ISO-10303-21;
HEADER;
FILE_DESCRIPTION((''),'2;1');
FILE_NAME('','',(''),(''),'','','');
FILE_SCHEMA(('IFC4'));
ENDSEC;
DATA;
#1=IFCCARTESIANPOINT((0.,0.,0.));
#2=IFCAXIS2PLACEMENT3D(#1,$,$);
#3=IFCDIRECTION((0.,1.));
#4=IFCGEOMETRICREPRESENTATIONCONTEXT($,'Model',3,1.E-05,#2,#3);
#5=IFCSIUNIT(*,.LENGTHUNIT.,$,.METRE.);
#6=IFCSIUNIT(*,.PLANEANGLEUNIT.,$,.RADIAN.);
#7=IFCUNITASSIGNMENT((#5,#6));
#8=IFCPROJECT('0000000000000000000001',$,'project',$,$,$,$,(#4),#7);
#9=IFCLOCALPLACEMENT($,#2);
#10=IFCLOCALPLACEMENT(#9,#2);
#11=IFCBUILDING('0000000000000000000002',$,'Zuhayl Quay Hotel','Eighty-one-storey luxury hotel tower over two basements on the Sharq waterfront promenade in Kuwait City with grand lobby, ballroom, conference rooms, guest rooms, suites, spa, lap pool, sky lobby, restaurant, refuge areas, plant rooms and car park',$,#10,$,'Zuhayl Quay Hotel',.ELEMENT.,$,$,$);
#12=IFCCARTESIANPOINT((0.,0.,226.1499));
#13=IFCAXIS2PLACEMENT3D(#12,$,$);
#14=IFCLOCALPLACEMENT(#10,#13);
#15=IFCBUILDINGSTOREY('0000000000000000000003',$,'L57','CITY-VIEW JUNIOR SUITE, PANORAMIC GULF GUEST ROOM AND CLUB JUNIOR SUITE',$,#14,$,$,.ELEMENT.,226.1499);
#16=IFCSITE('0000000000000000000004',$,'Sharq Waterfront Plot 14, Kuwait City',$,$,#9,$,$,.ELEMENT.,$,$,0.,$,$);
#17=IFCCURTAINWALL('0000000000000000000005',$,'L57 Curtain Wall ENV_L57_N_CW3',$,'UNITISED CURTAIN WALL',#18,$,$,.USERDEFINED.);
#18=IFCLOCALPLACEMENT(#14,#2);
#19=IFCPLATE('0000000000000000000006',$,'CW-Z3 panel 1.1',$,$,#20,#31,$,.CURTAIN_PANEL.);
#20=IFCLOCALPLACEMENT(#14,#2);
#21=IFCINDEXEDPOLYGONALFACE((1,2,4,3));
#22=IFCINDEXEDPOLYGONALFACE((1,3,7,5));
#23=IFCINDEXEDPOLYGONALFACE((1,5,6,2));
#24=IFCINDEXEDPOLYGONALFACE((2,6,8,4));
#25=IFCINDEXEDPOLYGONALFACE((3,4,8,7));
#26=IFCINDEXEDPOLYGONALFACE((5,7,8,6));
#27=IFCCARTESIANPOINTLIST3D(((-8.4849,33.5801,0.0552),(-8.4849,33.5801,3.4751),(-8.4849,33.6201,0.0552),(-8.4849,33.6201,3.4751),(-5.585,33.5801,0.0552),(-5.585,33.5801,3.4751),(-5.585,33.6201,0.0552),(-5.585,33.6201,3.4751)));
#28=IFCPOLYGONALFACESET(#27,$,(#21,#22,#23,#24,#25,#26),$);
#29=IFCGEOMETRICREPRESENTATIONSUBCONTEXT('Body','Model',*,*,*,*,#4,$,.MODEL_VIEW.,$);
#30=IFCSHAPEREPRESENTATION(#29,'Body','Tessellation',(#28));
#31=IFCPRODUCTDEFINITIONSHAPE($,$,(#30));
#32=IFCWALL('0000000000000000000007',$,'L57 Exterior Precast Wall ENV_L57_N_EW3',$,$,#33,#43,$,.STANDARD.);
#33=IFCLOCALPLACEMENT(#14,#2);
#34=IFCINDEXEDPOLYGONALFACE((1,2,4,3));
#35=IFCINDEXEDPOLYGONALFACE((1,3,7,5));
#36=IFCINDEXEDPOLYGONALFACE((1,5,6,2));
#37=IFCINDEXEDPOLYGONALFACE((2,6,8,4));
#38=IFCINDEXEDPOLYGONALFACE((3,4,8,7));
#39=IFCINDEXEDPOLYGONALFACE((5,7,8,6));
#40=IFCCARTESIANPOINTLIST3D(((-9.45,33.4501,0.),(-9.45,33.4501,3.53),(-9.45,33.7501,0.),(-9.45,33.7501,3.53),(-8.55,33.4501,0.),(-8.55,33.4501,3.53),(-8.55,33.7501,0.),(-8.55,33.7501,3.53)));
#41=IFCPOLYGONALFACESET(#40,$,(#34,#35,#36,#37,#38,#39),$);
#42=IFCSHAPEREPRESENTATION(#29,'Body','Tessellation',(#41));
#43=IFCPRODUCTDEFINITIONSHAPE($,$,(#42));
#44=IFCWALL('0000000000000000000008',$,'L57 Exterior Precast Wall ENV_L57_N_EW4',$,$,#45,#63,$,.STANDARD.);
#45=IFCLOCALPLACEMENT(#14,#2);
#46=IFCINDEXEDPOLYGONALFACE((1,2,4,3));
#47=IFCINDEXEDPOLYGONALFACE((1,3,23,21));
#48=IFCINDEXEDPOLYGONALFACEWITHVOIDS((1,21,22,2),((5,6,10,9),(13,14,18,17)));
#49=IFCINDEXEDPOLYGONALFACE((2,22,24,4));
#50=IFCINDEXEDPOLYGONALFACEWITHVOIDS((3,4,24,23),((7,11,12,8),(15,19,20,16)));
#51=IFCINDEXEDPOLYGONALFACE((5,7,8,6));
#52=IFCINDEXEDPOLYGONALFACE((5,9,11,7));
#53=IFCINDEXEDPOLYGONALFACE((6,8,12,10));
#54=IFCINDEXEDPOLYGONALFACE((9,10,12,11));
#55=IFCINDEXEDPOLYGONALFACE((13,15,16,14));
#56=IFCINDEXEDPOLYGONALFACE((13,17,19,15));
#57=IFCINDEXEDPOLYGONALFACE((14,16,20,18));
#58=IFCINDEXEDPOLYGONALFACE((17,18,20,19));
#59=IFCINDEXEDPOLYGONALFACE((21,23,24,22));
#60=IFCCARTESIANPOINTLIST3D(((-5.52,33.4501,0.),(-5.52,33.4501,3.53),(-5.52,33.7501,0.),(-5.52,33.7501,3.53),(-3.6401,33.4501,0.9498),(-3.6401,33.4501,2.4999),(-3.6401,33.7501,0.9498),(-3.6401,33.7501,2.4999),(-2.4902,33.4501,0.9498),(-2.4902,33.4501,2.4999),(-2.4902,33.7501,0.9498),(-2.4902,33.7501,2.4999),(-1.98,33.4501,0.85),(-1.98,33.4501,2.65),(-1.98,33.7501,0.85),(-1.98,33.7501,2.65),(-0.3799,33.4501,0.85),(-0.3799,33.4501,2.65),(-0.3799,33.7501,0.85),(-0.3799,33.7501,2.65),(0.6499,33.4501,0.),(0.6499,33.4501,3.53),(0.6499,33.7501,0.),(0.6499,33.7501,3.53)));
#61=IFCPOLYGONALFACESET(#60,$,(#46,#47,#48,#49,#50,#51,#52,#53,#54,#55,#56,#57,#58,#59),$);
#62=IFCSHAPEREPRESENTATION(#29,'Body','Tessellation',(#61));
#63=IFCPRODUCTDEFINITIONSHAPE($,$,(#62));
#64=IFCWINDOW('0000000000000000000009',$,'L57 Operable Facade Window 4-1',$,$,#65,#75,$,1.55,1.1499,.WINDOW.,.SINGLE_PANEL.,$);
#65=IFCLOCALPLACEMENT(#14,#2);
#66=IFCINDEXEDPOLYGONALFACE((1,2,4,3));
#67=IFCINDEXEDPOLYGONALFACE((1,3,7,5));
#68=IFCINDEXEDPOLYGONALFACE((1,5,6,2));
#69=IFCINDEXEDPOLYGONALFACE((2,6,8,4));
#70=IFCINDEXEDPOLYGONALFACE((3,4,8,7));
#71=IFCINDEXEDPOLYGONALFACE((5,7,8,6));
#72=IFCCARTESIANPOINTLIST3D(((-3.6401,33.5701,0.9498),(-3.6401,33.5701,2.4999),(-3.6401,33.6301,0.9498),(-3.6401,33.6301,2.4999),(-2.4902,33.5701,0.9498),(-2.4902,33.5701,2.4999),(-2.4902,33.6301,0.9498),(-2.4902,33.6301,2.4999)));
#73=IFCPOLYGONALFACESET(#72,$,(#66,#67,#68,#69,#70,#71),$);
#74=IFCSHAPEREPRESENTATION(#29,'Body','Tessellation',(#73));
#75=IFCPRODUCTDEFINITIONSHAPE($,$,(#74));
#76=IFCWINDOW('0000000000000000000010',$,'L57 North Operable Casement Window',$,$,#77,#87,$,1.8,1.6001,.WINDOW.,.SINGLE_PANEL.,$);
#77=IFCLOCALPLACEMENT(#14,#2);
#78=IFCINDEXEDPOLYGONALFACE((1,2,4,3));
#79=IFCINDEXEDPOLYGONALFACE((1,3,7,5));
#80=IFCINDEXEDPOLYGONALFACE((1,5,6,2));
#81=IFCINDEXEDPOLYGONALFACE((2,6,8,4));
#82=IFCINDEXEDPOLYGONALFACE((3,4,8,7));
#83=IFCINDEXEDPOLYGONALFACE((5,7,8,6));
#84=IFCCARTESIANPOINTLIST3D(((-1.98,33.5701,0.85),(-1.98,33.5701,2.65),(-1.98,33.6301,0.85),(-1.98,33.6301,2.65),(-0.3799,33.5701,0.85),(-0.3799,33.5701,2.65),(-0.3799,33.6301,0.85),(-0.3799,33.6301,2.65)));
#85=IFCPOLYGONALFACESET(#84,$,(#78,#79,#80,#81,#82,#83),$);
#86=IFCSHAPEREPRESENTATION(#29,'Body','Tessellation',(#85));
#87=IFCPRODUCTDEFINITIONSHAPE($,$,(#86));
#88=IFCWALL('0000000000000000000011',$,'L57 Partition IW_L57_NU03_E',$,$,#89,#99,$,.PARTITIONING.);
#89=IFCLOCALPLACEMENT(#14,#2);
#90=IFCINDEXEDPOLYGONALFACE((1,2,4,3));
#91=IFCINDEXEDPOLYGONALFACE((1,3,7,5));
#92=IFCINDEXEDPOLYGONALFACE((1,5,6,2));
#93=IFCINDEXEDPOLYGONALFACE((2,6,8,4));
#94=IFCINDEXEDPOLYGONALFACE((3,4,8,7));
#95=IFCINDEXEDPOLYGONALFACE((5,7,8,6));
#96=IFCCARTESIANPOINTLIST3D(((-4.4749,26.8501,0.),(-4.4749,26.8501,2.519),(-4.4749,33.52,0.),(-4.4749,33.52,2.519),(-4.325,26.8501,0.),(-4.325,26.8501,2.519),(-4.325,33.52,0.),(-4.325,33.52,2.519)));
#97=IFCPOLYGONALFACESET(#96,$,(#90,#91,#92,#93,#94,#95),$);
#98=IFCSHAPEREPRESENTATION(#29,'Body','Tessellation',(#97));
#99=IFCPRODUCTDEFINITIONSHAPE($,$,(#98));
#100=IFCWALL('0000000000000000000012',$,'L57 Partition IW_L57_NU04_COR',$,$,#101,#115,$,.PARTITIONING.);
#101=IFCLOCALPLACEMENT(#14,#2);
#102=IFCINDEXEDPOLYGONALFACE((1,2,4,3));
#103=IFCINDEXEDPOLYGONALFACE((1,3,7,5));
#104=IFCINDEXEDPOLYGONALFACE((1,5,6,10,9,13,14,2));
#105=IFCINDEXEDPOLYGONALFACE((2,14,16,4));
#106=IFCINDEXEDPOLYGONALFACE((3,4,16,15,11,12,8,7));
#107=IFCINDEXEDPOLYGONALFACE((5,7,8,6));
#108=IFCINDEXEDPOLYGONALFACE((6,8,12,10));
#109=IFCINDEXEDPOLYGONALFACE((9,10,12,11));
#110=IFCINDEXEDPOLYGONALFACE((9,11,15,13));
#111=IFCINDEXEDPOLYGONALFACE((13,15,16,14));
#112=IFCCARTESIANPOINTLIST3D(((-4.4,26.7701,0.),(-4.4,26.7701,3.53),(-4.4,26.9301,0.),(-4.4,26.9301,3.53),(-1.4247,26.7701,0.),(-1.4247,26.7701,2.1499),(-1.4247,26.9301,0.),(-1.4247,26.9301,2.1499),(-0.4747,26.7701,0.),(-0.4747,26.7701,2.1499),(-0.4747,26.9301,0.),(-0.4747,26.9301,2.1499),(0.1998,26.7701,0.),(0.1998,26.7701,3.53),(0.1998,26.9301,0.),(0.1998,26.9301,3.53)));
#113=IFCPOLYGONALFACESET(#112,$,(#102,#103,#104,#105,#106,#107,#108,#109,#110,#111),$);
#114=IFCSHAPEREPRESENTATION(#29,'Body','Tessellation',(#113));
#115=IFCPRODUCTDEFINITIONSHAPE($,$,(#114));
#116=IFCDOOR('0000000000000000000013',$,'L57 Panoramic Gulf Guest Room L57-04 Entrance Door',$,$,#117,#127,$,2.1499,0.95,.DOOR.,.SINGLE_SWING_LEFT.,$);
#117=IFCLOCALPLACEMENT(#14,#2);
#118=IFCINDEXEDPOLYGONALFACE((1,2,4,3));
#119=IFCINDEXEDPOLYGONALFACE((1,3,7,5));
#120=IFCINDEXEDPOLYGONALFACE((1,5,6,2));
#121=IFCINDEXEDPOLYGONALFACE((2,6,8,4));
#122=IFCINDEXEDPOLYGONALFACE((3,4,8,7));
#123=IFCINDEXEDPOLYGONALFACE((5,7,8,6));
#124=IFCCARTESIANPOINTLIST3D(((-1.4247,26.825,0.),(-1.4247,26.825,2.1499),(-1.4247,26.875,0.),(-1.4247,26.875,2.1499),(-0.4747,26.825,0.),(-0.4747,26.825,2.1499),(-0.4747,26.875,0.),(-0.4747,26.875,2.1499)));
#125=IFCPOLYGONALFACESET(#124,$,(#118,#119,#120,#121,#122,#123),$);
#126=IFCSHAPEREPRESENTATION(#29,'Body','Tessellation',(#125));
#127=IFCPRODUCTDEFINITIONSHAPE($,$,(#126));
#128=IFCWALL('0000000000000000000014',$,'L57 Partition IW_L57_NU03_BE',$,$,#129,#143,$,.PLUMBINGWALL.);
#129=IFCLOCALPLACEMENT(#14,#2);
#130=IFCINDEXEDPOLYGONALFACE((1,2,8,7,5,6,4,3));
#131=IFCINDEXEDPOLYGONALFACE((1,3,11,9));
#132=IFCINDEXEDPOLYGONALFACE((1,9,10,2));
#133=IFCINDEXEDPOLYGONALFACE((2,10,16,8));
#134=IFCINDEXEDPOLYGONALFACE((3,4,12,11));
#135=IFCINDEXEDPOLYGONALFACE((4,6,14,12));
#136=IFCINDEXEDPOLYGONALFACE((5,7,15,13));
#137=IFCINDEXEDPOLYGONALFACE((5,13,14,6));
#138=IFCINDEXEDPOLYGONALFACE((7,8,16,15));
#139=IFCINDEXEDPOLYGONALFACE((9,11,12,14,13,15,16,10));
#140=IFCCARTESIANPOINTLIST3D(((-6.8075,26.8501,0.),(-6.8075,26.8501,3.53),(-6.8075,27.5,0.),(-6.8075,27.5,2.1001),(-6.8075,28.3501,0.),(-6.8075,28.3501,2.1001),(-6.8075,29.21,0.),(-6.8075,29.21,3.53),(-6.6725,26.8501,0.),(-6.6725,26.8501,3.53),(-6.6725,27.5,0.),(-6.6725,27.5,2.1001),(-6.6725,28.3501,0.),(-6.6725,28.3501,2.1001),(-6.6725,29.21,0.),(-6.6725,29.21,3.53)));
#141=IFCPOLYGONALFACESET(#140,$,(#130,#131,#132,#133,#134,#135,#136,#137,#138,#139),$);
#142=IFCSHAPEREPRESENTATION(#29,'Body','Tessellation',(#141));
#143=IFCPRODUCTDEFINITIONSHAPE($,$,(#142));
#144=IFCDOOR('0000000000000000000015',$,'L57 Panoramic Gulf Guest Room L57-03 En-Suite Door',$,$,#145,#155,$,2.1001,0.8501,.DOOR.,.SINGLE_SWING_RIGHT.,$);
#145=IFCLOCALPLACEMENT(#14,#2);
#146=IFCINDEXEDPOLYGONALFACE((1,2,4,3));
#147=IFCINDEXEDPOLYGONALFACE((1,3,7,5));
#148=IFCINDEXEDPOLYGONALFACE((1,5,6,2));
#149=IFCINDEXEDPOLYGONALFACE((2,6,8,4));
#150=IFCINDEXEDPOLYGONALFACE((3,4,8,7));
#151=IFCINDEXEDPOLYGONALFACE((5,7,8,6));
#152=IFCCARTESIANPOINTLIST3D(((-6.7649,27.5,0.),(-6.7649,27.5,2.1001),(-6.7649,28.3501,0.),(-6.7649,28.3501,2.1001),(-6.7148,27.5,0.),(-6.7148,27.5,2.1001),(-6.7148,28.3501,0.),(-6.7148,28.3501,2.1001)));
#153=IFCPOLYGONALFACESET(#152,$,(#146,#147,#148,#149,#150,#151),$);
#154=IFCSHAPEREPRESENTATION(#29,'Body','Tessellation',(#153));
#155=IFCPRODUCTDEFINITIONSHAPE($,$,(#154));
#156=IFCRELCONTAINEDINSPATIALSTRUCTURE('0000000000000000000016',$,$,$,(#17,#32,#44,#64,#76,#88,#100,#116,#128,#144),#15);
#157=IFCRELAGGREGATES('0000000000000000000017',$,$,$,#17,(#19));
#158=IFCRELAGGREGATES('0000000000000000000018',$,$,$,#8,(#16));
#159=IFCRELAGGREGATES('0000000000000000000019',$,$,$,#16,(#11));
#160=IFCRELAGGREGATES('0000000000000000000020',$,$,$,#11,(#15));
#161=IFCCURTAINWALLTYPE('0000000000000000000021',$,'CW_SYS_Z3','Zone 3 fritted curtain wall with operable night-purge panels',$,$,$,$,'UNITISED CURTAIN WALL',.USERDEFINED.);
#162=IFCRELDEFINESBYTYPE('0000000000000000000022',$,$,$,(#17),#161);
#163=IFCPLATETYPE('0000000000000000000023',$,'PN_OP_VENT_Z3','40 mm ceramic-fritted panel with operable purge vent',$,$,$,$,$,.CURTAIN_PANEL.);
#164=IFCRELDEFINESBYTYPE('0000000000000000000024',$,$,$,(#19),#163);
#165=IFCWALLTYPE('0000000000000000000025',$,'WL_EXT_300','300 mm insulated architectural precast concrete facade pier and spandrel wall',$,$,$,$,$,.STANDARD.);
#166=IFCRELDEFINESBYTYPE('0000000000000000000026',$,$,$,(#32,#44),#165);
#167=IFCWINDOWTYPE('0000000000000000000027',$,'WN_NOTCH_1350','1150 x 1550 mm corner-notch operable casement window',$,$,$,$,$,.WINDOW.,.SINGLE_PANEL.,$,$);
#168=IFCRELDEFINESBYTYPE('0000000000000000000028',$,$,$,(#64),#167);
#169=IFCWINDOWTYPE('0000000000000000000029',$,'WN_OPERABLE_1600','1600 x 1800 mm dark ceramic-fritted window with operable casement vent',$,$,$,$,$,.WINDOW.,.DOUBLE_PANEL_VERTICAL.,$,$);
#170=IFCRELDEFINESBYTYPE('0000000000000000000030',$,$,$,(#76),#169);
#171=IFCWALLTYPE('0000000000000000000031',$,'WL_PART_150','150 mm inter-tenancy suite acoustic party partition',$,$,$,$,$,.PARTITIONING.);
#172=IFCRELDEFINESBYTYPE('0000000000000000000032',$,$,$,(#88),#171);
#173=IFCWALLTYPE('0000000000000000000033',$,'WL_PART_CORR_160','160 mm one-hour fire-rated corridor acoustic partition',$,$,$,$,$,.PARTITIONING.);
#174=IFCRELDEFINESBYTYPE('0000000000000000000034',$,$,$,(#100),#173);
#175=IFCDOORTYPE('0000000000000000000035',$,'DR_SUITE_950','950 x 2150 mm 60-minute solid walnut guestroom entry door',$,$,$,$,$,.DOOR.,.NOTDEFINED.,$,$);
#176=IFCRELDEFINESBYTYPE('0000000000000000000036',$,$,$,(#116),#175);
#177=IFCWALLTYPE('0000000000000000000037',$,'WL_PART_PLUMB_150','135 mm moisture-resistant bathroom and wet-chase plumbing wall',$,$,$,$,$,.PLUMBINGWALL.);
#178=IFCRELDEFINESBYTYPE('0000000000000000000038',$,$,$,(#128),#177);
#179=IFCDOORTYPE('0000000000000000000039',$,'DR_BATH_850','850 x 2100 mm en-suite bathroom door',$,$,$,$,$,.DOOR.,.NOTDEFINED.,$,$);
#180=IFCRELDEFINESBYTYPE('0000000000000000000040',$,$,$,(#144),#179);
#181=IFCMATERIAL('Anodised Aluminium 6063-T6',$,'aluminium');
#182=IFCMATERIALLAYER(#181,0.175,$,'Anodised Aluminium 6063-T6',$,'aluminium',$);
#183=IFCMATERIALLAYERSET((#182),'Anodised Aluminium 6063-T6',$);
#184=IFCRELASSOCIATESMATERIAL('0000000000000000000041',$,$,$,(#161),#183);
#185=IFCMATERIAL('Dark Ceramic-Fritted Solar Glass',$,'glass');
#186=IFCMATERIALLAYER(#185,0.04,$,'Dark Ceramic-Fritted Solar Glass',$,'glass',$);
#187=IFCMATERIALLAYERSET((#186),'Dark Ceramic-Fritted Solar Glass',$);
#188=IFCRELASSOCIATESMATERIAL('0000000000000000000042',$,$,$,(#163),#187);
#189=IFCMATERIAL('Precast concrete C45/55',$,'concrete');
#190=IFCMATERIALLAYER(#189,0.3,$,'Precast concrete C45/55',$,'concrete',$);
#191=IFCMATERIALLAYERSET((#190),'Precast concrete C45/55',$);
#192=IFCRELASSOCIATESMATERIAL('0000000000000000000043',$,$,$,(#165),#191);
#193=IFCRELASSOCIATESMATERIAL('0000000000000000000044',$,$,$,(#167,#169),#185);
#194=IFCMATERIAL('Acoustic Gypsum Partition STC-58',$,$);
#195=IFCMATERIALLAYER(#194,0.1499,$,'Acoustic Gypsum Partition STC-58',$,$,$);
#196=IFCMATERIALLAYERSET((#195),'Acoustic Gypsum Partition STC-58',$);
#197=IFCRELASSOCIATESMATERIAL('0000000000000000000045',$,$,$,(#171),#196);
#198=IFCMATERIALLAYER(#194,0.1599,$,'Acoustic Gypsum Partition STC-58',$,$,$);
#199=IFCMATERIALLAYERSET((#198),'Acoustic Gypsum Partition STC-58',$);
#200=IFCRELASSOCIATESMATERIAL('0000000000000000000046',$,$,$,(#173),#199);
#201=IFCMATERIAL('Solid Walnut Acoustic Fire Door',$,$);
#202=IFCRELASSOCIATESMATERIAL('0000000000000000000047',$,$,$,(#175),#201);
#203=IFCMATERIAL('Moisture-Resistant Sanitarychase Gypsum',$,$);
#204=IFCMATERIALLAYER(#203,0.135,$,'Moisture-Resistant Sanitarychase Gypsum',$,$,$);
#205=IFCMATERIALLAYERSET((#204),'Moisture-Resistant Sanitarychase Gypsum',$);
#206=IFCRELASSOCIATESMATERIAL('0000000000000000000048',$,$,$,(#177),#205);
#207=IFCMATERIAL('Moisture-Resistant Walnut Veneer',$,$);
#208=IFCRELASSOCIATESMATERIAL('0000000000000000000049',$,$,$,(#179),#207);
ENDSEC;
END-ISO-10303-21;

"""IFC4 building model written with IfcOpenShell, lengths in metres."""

from ifc_helpers import new_model, si_unit, direction, frame, frame_2d, origin, origin_2d, place, context, subcontext, project, spatial, rectangle, extrude, material, layer, layer_set, type_object, element, fill, aggregate, save


model = new_model("IFC4")

# Units and contexts
model_context = context("Model", 3, precision=1e-05, world=origin(), true_north=direction((0.0, 1.0)))
body_context = subcontext(model_context, "Body", "Model", "MODEL_VIEW")
ifc_project = project(units=[si_unit("LENGTHUNIT", "METRE"), si_unit("PLANEANGLEUNIT", "RADIAN")], contexts=[model_context])

# Site, building, storey
site_placement = place(None, origin())
site = spatial("IfcSite", under=ifc_project, at=site_placement, Name="Sharq Waterfront Plot 14, Kuwait City", CompositionType="ELEMENT", RefElevation=0.0)
building_placement = place(site_placement, origin())
building = spatial("IfcBuilding", under=site, at=building_placement, Name="Zuhayl Quay Hotel", Description="Eighty-one-storey luxury hotel tower over two basements on the Sharq waterfront promenade in Kuwait City with grand lobby, ballroom, conference rooms, guest rooms, suites, spa, lap pool, sky lobby, restaurant, refuge areas, plant rooms and car park", LongName="Zuhayl Quay Hotel", CompositionType="ELEMENT")
storey_placement = place(building_placement, frame((0.0, 0.0, 226.1499)))
storey = spatial("IfcBuildingStorey", under=building, at=storey_placement, Name="L57", Description="CITY-VIEW JUNIOR SUITE, PANORAMIC GULF GUEST ROOM AND CLUB JUNIOR SUITE", CompositionType="ELEMENT", Elevation=226.1499)

# Shared definitions
ifc_material_1 = material(Name="Anodised Aluminium 6063-T6", Category="aluminium")
ifc_layer_1 = layer(ifc_material_1, 0.175, Name="Anodised Aluminium 6063-T6", Category="aluminium")
ifc_layer_set_1 = layer_set([ifc_layer_1], Name="Anodised Aluminium 6063-T6")
curtain_wall_type = type_object("IfcCurtainWallType", Name="CW_SYS_Z3", Description="Zone 3 fritted curtain wall with operable night-purge panels", ElementType="UNITISED CURTAIN WALL", PredefinedType="USERDEFINED", material=ifc_layer_set_1)

# Curtain wall
curtain_wall_1_placement = place(storey_placement, origin())
curtain_wall_1 = element("IfcCurtainWall", 1, at=curtain_wall_1_placement, inside=storey, type_object=curtain_wall_type, Name="L57 Curtain Wall ENV_L57_N_CW3", ObjectType="UNITISED CURTAIN WALL", PredefinedType="USERDEFINED")

# Plate
ifc_material_2 = material(Name="Dark Ceramic-Fritted Solar Glass", Category="glass")
ifc_layer_2 = layer(ifc_material_2, 0.04, Name="Dark Ceramic-Fritted Solar Glass", Category="glass")
ifc_layer_set_2 = layer_set([ifc_layer_2], Name="Dark Ceramic-Fritted Solar Glass")
plate_type = type_object("IfcPlateType", Name="PN_OP_VENT_Z3", Description="40 mm ceramic-fritted panel with operable purge vent", PredefinedType="CURTAIN_PANEL", material=ifc_layer_set_2)
plate_1_placement = place(storey_placement, frame((-7.0349, 33.6001, 0.0552), z_axis=(0.0, 0.0, 1.0), x_axis=(1.0, 0.0, 0.0)))
plate_1 = element("IfcPlate", 2, at=plate_1_placement, type_object=plate_type, Name="CW-Z3 panel 1.1", PredefinedType="CURTAIN_PANEL", context=body_context, shape_type="SweptSolid", body=[
    extrude(rectangle(XDim=2.8999, YDim=0.04, at=origin_2d()), origin(), (0.0, 0.0, 1.0), 3.4199),
])
aggregate(curtain_wall_1, [plate_1])

# Wall
ifc_material_3 = material(Name="Precast concrete C45/55", Category="concrete")
ifc_layer_3 = layer(ifc_material_3, 0.3, Name="Precast concrete C45/55", Category="concrete")
ifc_layer_set_3 = layer_set([ifc_layer_3], Name="Precast concrete C45/55")
wall_type_1 = type_object("IfcWallType", Name="WL_EXT_300", Description="300 mm insulated architectural precast concrete facade pier and spandrel wall", PredefinedType="STANDARD", material=ifc_layer_set_3)
wall_1_placement = place(storey_placement, frame((-9.45, 33.6001, 0.0), z_axis=(0.0, 0.0, 1.0), x_axis=(1.0, 0.0, 0.0)))
element("IfcWall", 3, at=wall_1_placement, inside=storey, type_object=wall_type_1, Name="L57 Exterior Precast Wall ENV_L57_N_EW3", PredefinedType="STANDARD", context=body_context, shape_type="SweptSolid", body=[
    extrude(rectangle(XDim=0.8999, YDim=0.3, at=frame_2d((0.45, 0.0))), origin(), (0.0, 0.0, 1.0), 3.53),
])

# Wall, openings, windows
wall_2_placement = place(storey_placement, frame((-5.52, 33.6001, 0.0), z_axis=(0.0, 0.0, 1.0), x_axis=(1.0, 0.0, 0.0)))
wall_2 = element("IfcWall", 4, at=wall_2_placement, inside=storey, type_object=wall_type_1, Name="L57 Exterior Precast Wall ENV_L57_N_EW4", PredefinedType="STANDARD", context=body_context, shape_type="SweptSolid", body=[
    extrude(rectangle(XDim=6.1699, YDim=0.3, at=frame_2d((3.085, 0.0))), origin(), (0.0, 0.0, 1.0), 3.53),
])
opening_1_placement = place(wall_2_placement, frame((3.54, 0.0, 0.8501)))
opening_1 = element("IfcOpeningElement", 5, at=opening_1_placement, cuts=wall_2, PredefinedType="OPENING", context=body_context, shape_type="SweptSolid", body=[
    extrude(rectangle(XDim=1.6001, YDim=1.8, at=frame_2d((0.8, 0.8999))), frame((0.0, 0.1599, 0.0), z_axis=(0.0, -1.0, 0.0), x_axis=(1.0, 0.0, 0.0)), (0.0, 0.0, 1.0), 0.3201),
])
opening_2_placement = place(wall_2_placement, frame((1.8799, 0.0, 0.95)))
opening_2 = element("IfcOpeningElement", 6, at=opening_2_placement, cuts=wall_2, PredefinedType="OPENING", context=body_context, shape_type="SweptSolid", body=[
    extrude(rectangle(XDim=1.1499, YDim=1.55, at=frame_2d((0.575, 0.7749))), frame((0.0, 0.1599, 0.0), z_axis=(0.0, -1.0, 0.0), x_axis=(1.0, 0.0, 0.0)), (0.0, 0.0, 1.0), 0.3201),
])
window_type_1 = type_object("IfcWindowType", Name="WN_NOTCH_1350", Description="1150 x 1550 mm corner-notch operable casement window", PartitioningType="SINGLE_PANEL", PredefinedType="WINDOW", material=ifc_material_2)
window_1_placement = place(opening_2_placement, origin())
window_1 = element("IfcWindow", 7, at=window_1_placement, inside=storey, type_object=window_type_1, Name="L57 Operable Facade Window 4-1", OverallHeight=1.55, OverallWidth=1.1499, PartitioningType="SINGLE_PANEL", PredefinedType="WINDOW", context=body_context, shape_type="SweptSolid", body=[
    extrude(rectangle(XDim=1.1499, YDim=1.55, at=frame_2d((0.575, 0.7749))), frame((0.0, 0.03, 0.0), z_axis=(0.0, -1.0, 0.0), x_axis=(1.0, 0.0, 0.0)), (0.0, 0.0, 1.0), 0.0601),
])
fill(opening_2, window_1)
window_type_2 = type_object("IfcWindowType", Name="WN_OPERABLE_1600", Description="1600 x 1800 mm dark ceramic-fritted window with operable casement vent", PartitioningType="DOUBLE_PANEL_VERTICAL", PredefinedType="WINDOW", material=ifc_material_2)
window_2_placement = place(opening_1_placement, origin())
window_2 = element("IfcWindow", 8, at=window_2_placement, inside=storey, type_object=window_type_2, Name="L57 North Operable Casement Window", OverallHeight=1.8, OverallWidth=1.6001, PartitioningType="SINGLE_PANEL", PredefinedType="WINDOW", context=body_context, shape_type="SweptSolid", body=[
    extrude(rectangle(XDim=1.6001, YDim=1.8, at=frame_2d((0.8, 0.8999))), frame((0.0, 0.03, 0.0), z_axis=(0.0, -1.0, 0.0), x_axis=(1.0, 0.0, 0.0)), (0.0, 0.0, 1.0), 0.0601),
])
fill(opening_1, window_2)

# Wall
ifc_material_4 = material(Name="Acoustic Gypsum Partition STC-58")
ifc_layer_4 = layer(ifc_material_4, 0.1499, Name="Acoustic Gypsum Partition STC-58")
ifc_layer_set_4 = layer_set([ifc_layer_4], Name="Acoustic Gypsum Partition STC-58")
wall_type_2 = type_object("IfcWallType", Name="WL_PART_150", Description="150 mm inter-tenancy suite acoustic party partition", PredefinedType="PARTITIONING", material=ifc_layer_set_4)
wall_3_placement = place(storey_placement, frame((-4.3999, 26.8501, 0.0), z_axis=(0.0, 0.0, 1.0), x_axis=(0.0, 1.0, 0.0)))
element("IfcWall", 9, at=wall_3_placement, inside=storey, type_object=wall_type_2, Name="L57 Partition IW_L57_NU03_E", PredefinedType="PARTITIONING", context=body_context, shape_type="SweptSolid", body=[
    extrude(rectangle(XDim=6.6699, YDim=0.1499, at=frame_2d((3.335, 0.0))), origin(), (0.0, 0.0, 1.0), 2.519),
])

# Walls, openings, doors
ifc_layer_5 = layer(ifc_material_4, 0.1599, Name="Acoustic Gypsum Partition STC-58")
ifc_layer_set_5 = layer_set([ifc_layer_5], Name="Acoustic Gypsum Partition STC-58")
wall_type_3 = type_object("IfcWallType", Name="WL_PART_CORR_160", Description="160 mm one-hour fire-rated corridor acoustic partition", PredefinedType="PARTITIONING", material=ifc_layer_set_5)
wall_4_placement = place(storey_placement, frame((-4.3999, 26.8501, 0.0), z_axis=(0.0, 0.0, 1.0), x_axis=(1.0, 0.0, 0.0)))
wall_4 = element("IfcWall", 10, at=wall_4_placement, inside=storey, type_object=wall_type_3, Name="L57 Partition IW_L57_NU04_COR", PredefinedType="PARTITIONING", context=body_context, shape_type="SweptSolid", body=[
    extrude(rectangle(XDim=4.5999, YDim=0.1599, at=frame_2d((2.2998, 0.0))), origin(), (0.0, 0.0, 1.0), 3.53),
])
opening_3_placement = place(wall_4_placement, frame((2.9751, 0.0, 0.0)))
opening_3 = element("IfcOpeningElement", 11, at=opening_3_placement, cuts=wall_4, PredefinedType="OPENING", context=body_context, shape_type="SweptSolid", body=[
    extrude(rectangle(XDim=0.95, YDim=2.1499, at=frame_2d((0.4751, 1.075))), frame((0.0, 0.0898, 0.0), z_axis=(0.0, -1.0, 0.0), x_axis=(1.0, 0.0, 0.0)), (0.0, 0.0, 1.0), 0.1799),
])
ifc_material_5 = material(Name="Solid Walnut Acoustic Fire Door")
door_type_1 = type_object("IfcDoorType", Name="DR_SUITE_950", Description="950 x 2150 mm 60-minute solid walnut guestroom entry door", OperationType="NOTDEFINED", PredefinedType="DOOR", material=ifc_material_5)
door_1_placement = place(opening_3_placement, origin())
door_1 = element("IfcDoor", 12, at=door_1_placement, inside=storey, type_object=door_type_1, Name="L57 Panoramic Gulf Guest Room L57-04 Entrance Door", OperationType="SINGLE_SWING_LEFT", OverallHeight=2.1499, OverallWidth=0.95, PredefinedType="DOOR", context=body_context, shape_type="SweptSolid", body=[
    extrude(rectangle(XDim=0.95, YDim=2.1499, at=frame_2d((0.4751, 1.075))), frame((0.0, 0.0249, 0.0), z_axis=(0.0, -1.0, 0.0), x_axis=(1.0, 0.0, 0.0)), (0.0, 0.0, 1.0), 0.05),
])
fill(opening_3, door_1)
ifc_material_6 = material(Name="Moisture-Resistant Sanitarychase Gypsum")
ifc_layer_6 = layer(ifc_material_6, 0.135, Name="Moisture-Resistant Sanitarychase Gypsum")
ifc_layer_set_6 = layer_set([ifc_layer_6], Name="Moisture-Resistant Sanitarychase Gypsum")
wall_type_4 = type_object("IfcWallType", Name="WL_PART_PLUMB_150", Description="135 mm moisture-resistant bathroom and wet-chase plumbing wall", PredefinedType="PLUMBINGWALL", material=ifc_layer_set_6)
wall_5_placement = place(storey_placement, frame((-6.74, 26.8501, 0.0), z_axis=(0.0, 0.0, 1.0), x_axis=(0.0, 1.0, 0.0)))
wall_5 = element("IfcWall", 13, at=wall_5_placement, inside=storey, type_object=wall_type_4, Name="L57 Partition IW_L57_NU03_BE", PredefinedType="PLUMBINGWALL", context=body_context, shape_type="SweptSolid", body=[
    extrude(rectangle(XDim=2.3599, YDim=0.135, at=frame_2d((1.1799, 0.0))), origin(), (0.0, 0.0, 1.0), 3.53),
])
opening_4_placement = place(wall_5_placement, frame((0.6499, 0.0, 0.0)))
opening_4 = element("IfcOpeningElement", 14, at=opening_4_placement, cuts=wall_5, PredefinedType="OPENING", context=body_context, shape_type="SweptSolid", body=[
    extrude(rectangle(XDim=0.8501, YDim=2.1001, at=frame_2d((0.425, 1.05))), frame((0.0, 0.0774, 0.0), z_axis=(0.0, -1.0, 0.0), x_axis=(1.0, 0.0, 0.0)), (0.0, 0.0, 1.0), 0.155),
])
ifc_material_7 = material(Name="Moisture-Resistant Walnut Veneer")
door_type_2 = type_object("IfcDoorType", Name="DR_BATH_850", Description="850 x 2100 mm en-suite bathroom door", OperationType="NOTDEFINED", PredefinedType="DOOR", material=ifc_material_7)
door_2_placement = place(opening_4_placement, origin())
door_2 = element("IfcDoor", 15, at=door_2_placement, inside=storey, type_object=door_type_2, Name="L57 Panoramic Gulf Guest Room L57-03 En-Suite Door", OperationType="SINGLE_SWING_RIGHT", OverallHeight=2.1001, OverallWidth=0.8501, PredefinedType="DOOR", context=body_context, shape_type="SweptSolid", body=[
    extrude(rectangle(XDim=0.8501, YDim=2.1001, at=frame_2d((0.425, 1.05))), frame((0.0, 0.0249, 0.0), z_axis=(0.0, -1.0, 0.0), x_axis=(1.0, 0.0, 0.0)), (0.0, 0.0, 1.0), 0.05),
])
fill(opening_4, door_2)

save(model, "model.ifc")
